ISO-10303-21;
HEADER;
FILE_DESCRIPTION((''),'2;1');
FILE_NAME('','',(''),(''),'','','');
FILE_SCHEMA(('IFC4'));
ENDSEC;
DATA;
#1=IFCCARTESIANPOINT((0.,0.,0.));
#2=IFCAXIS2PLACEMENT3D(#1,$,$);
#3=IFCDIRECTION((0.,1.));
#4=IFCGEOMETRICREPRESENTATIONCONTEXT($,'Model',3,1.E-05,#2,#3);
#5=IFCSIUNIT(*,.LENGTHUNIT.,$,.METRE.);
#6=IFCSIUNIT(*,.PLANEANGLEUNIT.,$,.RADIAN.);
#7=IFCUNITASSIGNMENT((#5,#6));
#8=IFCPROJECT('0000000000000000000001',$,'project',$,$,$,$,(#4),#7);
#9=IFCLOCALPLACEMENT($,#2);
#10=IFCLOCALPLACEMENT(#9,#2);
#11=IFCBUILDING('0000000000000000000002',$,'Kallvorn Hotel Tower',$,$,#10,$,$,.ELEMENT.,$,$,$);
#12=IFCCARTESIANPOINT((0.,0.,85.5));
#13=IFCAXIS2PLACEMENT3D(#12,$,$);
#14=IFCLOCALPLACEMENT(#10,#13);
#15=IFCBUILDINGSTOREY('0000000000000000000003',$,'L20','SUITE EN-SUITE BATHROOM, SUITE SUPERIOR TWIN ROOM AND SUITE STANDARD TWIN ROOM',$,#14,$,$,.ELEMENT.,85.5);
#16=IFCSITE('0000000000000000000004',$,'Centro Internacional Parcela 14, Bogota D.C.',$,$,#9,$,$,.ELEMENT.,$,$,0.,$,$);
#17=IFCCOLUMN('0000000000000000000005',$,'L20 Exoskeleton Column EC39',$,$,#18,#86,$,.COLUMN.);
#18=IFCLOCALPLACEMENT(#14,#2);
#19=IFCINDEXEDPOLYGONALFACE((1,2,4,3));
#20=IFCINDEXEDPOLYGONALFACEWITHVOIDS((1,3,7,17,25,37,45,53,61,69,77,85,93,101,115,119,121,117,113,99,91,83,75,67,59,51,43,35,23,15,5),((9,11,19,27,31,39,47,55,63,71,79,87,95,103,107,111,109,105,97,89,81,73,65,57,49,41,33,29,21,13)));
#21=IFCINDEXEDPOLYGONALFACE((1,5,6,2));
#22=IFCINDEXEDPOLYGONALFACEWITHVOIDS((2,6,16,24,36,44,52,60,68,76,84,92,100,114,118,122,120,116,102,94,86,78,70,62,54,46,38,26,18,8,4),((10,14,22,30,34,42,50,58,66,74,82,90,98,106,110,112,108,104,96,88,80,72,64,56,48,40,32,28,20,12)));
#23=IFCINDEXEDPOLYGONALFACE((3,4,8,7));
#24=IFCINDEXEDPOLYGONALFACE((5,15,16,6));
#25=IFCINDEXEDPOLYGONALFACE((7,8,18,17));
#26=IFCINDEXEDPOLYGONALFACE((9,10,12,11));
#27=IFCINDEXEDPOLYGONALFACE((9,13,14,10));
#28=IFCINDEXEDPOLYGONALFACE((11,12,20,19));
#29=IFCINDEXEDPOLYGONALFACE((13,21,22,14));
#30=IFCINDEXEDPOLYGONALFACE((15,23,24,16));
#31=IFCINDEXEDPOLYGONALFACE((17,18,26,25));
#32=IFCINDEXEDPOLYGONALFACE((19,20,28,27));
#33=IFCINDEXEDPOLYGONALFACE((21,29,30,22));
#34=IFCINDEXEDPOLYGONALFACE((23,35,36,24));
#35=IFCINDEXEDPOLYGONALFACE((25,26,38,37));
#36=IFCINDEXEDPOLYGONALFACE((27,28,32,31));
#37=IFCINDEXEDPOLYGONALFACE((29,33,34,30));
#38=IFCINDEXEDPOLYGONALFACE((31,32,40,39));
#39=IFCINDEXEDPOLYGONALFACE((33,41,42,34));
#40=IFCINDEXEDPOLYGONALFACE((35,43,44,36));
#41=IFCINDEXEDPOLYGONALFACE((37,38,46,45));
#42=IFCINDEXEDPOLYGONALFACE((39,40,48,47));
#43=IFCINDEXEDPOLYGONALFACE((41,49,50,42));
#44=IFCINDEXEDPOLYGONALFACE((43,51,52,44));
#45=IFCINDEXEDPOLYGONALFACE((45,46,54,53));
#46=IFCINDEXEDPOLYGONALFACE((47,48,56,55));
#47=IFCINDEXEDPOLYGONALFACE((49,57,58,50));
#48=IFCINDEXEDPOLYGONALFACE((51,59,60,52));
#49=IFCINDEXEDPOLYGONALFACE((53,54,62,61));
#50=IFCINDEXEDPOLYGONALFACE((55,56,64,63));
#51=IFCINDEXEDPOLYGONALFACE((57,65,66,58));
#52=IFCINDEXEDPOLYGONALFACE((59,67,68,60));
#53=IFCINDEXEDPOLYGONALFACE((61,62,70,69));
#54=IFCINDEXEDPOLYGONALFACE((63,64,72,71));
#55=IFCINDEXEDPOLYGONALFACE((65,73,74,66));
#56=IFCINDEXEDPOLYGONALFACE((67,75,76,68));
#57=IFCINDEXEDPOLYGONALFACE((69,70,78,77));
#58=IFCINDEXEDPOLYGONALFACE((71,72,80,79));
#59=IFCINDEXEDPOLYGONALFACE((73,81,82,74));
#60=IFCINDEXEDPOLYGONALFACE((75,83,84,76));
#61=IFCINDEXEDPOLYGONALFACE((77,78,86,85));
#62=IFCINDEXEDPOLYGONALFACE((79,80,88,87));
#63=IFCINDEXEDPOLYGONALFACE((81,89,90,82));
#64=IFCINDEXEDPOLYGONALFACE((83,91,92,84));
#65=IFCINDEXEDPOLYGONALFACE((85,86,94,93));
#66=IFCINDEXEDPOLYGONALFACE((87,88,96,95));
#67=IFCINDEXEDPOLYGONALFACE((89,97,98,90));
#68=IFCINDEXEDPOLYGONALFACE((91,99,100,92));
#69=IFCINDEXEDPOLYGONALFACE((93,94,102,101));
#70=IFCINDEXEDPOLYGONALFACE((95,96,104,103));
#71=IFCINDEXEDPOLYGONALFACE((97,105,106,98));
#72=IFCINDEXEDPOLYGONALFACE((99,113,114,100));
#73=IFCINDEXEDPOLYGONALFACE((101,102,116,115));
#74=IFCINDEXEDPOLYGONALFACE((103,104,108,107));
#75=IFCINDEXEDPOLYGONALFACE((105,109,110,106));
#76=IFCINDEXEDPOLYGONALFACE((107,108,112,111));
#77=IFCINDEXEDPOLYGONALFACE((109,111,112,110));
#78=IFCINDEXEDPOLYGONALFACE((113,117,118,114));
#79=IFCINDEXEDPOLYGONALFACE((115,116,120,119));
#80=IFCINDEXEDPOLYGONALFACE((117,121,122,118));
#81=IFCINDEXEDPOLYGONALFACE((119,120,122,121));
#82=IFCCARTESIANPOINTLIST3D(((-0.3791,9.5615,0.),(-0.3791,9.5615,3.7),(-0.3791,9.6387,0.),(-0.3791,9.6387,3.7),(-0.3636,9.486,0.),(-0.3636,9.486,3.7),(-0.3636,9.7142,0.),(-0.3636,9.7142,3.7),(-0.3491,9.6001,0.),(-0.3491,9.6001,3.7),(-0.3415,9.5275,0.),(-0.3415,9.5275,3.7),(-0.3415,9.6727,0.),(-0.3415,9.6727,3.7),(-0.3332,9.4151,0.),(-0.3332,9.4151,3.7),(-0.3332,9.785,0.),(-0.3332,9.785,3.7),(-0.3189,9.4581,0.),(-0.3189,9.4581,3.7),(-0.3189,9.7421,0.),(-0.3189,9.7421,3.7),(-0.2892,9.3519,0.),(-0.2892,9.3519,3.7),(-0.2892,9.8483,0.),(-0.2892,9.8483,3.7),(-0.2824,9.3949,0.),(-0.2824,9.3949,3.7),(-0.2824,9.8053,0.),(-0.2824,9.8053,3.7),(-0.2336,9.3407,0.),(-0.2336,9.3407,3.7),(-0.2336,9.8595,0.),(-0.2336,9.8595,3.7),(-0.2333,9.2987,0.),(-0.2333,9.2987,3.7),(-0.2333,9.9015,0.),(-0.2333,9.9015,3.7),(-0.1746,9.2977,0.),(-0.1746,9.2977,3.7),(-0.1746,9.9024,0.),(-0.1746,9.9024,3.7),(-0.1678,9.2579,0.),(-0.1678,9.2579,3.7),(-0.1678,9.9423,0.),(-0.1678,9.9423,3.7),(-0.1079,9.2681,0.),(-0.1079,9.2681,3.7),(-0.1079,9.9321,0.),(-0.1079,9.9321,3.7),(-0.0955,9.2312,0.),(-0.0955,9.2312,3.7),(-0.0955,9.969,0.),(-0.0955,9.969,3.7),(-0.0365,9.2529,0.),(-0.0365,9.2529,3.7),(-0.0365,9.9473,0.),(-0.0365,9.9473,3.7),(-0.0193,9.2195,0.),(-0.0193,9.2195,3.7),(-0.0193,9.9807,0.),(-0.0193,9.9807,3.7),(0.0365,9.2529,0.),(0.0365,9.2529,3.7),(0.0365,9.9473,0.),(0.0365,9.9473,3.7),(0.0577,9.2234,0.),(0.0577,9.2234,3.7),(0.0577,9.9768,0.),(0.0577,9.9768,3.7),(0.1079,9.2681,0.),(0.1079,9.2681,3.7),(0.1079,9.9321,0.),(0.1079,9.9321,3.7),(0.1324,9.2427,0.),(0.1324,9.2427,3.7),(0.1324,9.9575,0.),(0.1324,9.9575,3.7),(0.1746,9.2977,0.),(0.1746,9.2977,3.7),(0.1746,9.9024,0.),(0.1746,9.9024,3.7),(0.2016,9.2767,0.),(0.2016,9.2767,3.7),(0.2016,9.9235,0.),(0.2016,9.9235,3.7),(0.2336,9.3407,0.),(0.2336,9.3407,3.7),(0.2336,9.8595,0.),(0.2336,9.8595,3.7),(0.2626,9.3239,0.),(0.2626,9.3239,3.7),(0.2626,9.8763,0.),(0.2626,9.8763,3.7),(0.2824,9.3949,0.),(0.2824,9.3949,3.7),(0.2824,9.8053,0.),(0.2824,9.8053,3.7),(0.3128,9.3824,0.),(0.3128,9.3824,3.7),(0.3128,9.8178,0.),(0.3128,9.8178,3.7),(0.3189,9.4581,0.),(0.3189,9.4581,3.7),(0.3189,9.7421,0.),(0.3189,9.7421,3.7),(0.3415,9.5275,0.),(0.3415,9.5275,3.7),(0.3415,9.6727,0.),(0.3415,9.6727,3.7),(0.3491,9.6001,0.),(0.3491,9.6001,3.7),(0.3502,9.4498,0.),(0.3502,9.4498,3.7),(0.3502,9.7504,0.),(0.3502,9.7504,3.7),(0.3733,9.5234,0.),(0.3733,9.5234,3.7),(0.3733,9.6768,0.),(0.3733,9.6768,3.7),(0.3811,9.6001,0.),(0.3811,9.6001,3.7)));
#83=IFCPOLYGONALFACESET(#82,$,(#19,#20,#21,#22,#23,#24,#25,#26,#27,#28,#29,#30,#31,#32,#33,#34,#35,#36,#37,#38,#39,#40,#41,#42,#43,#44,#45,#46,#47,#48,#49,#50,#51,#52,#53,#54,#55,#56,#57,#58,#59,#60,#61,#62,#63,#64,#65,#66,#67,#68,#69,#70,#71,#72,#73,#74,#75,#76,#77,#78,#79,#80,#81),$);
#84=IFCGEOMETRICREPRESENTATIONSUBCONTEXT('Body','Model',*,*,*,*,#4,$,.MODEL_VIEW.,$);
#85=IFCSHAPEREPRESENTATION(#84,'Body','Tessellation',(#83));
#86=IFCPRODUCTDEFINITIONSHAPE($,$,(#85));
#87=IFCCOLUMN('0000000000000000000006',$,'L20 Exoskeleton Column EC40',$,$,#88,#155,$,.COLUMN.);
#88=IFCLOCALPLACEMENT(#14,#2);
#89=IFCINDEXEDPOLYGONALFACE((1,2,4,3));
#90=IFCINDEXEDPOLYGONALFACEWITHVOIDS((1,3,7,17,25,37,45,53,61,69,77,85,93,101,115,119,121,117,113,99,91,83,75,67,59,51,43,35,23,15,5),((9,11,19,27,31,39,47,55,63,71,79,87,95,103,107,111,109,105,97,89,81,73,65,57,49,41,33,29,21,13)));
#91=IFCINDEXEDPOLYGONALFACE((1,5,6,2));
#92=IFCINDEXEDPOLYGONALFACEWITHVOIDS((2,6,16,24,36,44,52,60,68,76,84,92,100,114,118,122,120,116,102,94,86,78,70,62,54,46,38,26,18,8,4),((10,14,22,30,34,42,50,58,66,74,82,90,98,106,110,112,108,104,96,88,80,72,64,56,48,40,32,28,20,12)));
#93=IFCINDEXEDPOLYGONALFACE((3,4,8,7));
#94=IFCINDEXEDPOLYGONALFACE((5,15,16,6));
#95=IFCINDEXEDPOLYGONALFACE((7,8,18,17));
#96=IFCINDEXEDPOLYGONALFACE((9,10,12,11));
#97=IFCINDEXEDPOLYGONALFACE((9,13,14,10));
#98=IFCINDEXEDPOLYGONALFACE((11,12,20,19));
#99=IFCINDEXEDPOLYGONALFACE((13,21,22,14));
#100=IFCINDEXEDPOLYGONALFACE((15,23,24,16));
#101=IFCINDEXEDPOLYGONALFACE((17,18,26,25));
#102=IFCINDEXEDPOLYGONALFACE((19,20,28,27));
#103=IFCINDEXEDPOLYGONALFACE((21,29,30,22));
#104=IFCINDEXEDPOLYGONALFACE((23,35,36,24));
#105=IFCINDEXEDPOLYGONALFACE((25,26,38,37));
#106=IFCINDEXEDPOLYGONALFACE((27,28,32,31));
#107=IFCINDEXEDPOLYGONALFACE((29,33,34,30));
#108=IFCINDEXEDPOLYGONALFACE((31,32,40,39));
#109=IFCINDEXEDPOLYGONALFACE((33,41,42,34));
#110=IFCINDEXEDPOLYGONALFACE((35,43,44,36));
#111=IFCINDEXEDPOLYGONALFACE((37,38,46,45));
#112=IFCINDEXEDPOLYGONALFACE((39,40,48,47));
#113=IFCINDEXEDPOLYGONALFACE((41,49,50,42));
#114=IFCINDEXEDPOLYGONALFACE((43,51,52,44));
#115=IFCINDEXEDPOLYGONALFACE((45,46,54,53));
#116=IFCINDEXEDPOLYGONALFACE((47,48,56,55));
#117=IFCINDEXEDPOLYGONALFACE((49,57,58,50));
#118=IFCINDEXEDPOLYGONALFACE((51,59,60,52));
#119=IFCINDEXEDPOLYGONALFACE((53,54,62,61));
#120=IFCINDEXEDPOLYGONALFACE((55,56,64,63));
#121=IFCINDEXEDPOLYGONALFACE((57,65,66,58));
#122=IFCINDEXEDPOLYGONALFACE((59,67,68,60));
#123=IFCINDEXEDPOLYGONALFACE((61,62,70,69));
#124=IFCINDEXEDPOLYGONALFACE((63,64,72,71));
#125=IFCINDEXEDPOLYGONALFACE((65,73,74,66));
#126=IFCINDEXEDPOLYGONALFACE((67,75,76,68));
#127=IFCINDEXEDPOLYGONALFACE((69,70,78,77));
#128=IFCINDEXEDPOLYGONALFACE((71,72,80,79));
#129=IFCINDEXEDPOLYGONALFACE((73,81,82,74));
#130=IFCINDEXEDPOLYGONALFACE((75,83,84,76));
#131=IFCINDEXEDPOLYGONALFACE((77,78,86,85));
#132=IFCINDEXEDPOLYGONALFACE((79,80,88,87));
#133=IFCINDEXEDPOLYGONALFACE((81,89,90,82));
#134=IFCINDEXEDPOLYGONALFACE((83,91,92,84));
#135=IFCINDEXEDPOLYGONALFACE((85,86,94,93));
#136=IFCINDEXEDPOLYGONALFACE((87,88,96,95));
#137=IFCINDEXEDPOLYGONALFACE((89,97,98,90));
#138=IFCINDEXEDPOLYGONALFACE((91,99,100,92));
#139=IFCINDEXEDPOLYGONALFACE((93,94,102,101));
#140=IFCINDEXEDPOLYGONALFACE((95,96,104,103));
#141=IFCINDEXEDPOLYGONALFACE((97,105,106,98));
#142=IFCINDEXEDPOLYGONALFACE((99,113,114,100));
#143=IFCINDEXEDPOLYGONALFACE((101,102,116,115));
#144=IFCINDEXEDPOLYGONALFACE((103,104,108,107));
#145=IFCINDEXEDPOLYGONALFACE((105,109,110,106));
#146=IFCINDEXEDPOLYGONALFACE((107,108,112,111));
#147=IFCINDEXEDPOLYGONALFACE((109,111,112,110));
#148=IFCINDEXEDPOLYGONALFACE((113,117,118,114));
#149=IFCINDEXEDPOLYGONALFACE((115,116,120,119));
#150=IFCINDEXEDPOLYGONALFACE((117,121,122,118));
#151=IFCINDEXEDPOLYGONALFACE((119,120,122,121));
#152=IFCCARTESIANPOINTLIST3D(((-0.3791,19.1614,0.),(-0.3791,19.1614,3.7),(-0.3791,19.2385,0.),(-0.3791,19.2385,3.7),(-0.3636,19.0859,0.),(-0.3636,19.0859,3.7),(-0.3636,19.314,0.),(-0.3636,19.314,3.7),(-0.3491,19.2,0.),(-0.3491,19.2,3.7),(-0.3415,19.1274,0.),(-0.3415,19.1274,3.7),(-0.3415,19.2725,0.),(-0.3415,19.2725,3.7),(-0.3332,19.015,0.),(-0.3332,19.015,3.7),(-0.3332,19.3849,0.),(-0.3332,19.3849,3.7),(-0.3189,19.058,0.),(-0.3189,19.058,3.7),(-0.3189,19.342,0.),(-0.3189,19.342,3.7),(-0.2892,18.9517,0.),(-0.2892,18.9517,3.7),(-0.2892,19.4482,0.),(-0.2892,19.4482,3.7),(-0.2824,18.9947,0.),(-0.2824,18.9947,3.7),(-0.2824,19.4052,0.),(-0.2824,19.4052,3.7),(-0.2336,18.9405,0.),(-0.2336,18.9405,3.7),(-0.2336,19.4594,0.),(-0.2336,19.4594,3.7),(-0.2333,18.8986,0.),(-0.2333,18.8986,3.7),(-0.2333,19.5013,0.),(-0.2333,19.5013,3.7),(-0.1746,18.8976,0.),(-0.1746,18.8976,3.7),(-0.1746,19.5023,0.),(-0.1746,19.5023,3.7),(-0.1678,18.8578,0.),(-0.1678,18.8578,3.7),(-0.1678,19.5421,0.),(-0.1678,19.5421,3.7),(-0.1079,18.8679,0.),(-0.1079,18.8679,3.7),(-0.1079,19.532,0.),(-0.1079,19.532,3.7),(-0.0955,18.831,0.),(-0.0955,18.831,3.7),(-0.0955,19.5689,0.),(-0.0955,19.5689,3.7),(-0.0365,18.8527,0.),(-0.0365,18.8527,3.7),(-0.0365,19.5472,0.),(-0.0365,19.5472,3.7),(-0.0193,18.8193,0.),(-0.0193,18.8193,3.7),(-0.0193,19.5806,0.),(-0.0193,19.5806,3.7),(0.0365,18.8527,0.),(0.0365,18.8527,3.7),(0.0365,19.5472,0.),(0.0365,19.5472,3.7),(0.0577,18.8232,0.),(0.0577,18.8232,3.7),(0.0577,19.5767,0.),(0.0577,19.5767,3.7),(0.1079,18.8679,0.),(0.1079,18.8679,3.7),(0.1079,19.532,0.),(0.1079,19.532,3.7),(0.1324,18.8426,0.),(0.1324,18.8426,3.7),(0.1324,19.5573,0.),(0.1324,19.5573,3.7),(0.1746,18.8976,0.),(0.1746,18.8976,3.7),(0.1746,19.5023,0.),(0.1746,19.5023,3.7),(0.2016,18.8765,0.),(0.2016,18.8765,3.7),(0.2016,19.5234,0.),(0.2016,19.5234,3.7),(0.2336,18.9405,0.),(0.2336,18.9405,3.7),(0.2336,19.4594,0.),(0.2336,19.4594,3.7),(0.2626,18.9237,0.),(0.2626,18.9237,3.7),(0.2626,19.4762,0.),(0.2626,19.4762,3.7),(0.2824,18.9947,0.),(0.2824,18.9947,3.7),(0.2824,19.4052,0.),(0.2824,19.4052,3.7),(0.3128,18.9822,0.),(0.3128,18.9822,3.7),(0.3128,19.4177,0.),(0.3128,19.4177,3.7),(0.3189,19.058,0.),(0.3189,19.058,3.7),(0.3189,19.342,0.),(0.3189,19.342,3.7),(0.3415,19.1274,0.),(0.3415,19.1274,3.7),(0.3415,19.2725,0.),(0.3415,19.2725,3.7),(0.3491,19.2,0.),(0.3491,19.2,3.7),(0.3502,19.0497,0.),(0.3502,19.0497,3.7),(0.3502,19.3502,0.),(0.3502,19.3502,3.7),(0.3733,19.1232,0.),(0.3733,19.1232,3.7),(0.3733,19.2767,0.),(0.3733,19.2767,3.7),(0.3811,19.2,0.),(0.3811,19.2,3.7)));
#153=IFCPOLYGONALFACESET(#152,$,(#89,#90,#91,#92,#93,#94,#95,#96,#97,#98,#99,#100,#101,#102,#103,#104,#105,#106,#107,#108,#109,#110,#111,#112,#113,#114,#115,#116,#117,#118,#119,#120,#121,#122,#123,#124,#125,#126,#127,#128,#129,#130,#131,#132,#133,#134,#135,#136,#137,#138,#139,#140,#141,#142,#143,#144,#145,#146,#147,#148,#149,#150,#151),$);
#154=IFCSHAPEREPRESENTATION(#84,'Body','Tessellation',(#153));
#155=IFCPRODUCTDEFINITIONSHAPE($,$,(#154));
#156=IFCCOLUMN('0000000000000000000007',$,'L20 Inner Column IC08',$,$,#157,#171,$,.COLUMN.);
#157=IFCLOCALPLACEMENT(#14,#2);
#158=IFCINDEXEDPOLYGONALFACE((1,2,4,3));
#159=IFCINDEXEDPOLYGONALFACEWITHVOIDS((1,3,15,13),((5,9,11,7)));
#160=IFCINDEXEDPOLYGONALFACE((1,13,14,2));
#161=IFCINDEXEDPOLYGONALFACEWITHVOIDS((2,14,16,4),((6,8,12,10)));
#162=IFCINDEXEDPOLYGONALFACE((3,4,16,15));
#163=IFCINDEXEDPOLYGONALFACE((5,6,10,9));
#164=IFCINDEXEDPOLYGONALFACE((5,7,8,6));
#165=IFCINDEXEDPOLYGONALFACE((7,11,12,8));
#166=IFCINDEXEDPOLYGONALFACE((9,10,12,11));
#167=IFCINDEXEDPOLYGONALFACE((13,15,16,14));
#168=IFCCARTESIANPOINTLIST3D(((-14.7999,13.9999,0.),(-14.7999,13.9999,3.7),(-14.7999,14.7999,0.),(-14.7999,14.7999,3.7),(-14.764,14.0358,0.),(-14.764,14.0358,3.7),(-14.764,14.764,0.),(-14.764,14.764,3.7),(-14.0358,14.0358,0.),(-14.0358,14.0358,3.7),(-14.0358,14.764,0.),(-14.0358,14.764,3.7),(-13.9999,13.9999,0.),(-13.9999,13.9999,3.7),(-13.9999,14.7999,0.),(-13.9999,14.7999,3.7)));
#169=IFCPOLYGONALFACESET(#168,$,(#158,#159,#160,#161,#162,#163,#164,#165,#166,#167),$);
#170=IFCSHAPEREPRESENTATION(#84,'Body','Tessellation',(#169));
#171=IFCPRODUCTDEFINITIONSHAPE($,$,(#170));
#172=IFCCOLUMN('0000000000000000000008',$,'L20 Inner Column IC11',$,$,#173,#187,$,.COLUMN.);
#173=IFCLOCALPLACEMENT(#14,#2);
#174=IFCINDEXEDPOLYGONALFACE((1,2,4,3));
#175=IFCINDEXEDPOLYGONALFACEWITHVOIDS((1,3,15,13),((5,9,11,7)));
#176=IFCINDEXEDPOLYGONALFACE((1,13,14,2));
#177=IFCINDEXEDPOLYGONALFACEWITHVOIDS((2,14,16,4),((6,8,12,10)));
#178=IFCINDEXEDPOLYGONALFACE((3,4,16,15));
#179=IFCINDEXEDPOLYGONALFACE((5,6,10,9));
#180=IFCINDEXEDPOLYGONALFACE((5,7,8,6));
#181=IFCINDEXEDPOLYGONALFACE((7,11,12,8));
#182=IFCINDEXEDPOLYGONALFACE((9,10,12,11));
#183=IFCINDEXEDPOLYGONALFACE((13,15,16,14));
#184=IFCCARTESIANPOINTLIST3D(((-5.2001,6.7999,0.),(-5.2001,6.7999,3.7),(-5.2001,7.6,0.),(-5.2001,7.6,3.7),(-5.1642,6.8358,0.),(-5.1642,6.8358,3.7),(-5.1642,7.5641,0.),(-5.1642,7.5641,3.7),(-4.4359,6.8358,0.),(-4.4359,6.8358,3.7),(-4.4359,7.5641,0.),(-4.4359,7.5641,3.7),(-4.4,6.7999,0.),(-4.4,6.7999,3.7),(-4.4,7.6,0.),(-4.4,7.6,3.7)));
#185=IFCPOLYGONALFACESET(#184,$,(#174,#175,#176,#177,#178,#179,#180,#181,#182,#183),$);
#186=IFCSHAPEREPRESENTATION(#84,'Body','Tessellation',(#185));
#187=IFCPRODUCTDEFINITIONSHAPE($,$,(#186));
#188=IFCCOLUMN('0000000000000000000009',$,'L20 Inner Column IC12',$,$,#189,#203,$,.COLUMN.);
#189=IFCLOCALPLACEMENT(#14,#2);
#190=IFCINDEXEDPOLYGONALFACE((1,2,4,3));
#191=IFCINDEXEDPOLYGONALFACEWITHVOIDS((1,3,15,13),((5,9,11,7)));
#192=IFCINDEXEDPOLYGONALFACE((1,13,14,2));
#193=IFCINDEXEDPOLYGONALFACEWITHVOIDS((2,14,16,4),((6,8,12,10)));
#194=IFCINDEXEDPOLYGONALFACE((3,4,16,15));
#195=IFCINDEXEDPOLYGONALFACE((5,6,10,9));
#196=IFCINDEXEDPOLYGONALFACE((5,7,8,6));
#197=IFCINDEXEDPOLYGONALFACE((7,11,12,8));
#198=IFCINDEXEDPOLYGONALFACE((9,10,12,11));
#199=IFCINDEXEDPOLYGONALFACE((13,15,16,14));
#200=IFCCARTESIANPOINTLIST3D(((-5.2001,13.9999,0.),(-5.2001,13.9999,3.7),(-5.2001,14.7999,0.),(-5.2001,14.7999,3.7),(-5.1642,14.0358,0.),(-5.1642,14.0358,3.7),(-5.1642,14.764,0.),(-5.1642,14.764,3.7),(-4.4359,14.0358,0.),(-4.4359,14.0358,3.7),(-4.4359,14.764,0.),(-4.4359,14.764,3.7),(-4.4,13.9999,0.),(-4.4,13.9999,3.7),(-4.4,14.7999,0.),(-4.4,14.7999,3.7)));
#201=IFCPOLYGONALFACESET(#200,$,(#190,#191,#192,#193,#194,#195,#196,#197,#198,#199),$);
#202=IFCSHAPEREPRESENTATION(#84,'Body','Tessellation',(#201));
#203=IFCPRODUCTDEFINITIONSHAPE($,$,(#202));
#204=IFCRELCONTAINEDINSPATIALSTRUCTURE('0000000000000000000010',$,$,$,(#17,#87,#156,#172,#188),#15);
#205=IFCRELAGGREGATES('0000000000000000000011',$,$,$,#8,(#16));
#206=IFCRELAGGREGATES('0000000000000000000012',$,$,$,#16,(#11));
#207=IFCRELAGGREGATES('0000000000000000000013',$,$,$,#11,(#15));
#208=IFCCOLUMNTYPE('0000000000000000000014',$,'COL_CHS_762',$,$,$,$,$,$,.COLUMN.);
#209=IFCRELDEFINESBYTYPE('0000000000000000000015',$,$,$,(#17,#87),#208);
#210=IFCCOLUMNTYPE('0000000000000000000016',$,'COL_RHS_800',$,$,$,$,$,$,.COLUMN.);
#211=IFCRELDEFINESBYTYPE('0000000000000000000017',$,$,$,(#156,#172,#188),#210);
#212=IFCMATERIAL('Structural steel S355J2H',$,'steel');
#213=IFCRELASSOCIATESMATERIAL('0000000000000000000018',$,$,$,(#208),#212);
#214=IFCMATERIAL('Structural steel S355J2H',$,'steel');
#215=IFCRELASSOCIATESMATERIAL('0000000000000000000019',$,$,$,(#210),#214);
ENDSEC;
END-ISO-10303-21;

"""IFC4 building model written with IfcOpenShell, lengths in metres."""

from ifc_helpers import new_model, si_unit, direction, frame, origin, origin_2d, place, context, subcontext, project, spatial, hollow_rectangle, hollow_circle, extrude, material, material_profile, profile_set, type_object, element, save


model = new_model("IFC4")

# Units and contexts
model_context = context("Model", 3, precision=1e-05, world=origin(), true_north=direction((0.0, 1.0)))
body_context = subcontext(model_context, "Body", "Model", "MODEL_VIEW")
ifc_project = project(units=[si_unit("LENGTHUNIT", "METRE"), si_unit("PLANEANGLEUNIT", "RADIAN")], contexts=[model_context])

# Site, building, storey
site_placement = place(None, origin())
site = spatial("IfcSite", under=ifc_project, at=site_placement, Name="Centro Internacional Parcela 14, Bogota D.C.", CompositionType="ELEMENT", RefElevation=0.0)
building_placement = place(site_placement, origin())
building = spatial("IfcBuilding", under=site, at=building_placement, Name="Kallvorn Hotel Tower", CompositionType="ELEMENT")
storey_placement = place(building_placement, frame((0.0, 0.0, 85.5)))
storey = spatial("IfcBuildingStorey", under=building, at=storey_placement, Name="L20", Description="SUITE EN-SUITE BATHROOM, SUITE SUPERIOR TWIN ROOM AND SUITE STANDARD TWIN ROOM", CompositionType="ELEMENT", Elevation=85.5)

# Columns
ifc_material_1 = material(Name="Structural steel S355J2H", Category="steel")
ifc_material_profile_1 = material_profile(ifc_material_1, hollow_circle(Radius=0.3811, WallThickness=0.032, at=origin_2d()), Name="CHS 762x32")
ifc_profile_set_1 = profile_set([ifc_material_profile_1], Name="Structural steel S355J2H")
column_type_1 = type_object("IfcColumnType", Name="COL_CHS_762", PredefinedType="COLUMN", material=ifc_profile_set_1)
for number, where, z_axis, x_axis, name in (
    (1, (0.0, 9.6001, 0.0), (0.0, 0.0, 1.0), (1.0, 0.0, 0.0), "L20 Exoskeleton Column EC39"),
    (2, (0.0, 19.2, 0.0), (0.0, 0.0, 1.0), (1.0, 0.0, 0.0), "L20 Exoskeleton Column EC40"),
):
    element("IfcColumn", number, at=place(storey_placement, frame(where, z_axis=z_axis, x_axis=x_axis)), inside=storey, type_object=column_type_1, Name=name, PredefinedType="COLUMN", context=body_context, shape_type="SweptSolid", body=[
        extrude(hollow_circle(Radius=0.3811, WallThickness=0.032, at=origin_2d()), origin(), (0.0, 0.0, 1.0), 3.7),
    ])
ifc_material_2 = material(Name="Structural steel S355J2H", Category="steel")
ifc_material_profile_2 = material_profile(ifc_material_2, hollow_rectangle(XDim=0.8, YDim=0.8, WallThickness=0.0359, at=origin_2d()), Name="RHS 800x800x36")
ifc_profile_set_2 = profile_set([ifc_material_profile_2], Name="Structural steel S355J2H")
column_type_2 = type_object("IfcColumnType", Name="COL_RHS_800", PredefinedType="COLUMN", material=ifc_profile_set_2)
for number, where, z_axis, x_axis, name in (
    (3, (-14.3999, 14.3999, 0.0), (0.0, 0.0, 1.0), (1.0, 0.0, 0.0), "L20 Inner Column IC08"),
    (4, (-4.8, 7.2, 0.0), (0.0, 0.0, 1.0), (1.0, 0.0, 0.0), "L20 Inner Column IC11"),
    (5, (-4.8, 14.3999, 0.0), (0.0, 0.0, 1.0), (1.0, 0.0, 0.0), "L20 Inner Column IC12"),
):
    element("IfcColumn", number, at=place(storey_placement, frame(where, z_axis=z_axis, x_axis=x_axis)), inside=storey, type_object=column_type_2, Name=name, PredefinedType="COLUMN", context=body_context, shape_type="SweptSolid", body=[
        extrude(hollow_rectangle(XDim=0.8, YDim=0.8, WallThickness=0.0359, at=origin_2d()), origin(), (0.0, 0.0, 1.0), 3.7),
    ])

save(model, "model.ifc")
